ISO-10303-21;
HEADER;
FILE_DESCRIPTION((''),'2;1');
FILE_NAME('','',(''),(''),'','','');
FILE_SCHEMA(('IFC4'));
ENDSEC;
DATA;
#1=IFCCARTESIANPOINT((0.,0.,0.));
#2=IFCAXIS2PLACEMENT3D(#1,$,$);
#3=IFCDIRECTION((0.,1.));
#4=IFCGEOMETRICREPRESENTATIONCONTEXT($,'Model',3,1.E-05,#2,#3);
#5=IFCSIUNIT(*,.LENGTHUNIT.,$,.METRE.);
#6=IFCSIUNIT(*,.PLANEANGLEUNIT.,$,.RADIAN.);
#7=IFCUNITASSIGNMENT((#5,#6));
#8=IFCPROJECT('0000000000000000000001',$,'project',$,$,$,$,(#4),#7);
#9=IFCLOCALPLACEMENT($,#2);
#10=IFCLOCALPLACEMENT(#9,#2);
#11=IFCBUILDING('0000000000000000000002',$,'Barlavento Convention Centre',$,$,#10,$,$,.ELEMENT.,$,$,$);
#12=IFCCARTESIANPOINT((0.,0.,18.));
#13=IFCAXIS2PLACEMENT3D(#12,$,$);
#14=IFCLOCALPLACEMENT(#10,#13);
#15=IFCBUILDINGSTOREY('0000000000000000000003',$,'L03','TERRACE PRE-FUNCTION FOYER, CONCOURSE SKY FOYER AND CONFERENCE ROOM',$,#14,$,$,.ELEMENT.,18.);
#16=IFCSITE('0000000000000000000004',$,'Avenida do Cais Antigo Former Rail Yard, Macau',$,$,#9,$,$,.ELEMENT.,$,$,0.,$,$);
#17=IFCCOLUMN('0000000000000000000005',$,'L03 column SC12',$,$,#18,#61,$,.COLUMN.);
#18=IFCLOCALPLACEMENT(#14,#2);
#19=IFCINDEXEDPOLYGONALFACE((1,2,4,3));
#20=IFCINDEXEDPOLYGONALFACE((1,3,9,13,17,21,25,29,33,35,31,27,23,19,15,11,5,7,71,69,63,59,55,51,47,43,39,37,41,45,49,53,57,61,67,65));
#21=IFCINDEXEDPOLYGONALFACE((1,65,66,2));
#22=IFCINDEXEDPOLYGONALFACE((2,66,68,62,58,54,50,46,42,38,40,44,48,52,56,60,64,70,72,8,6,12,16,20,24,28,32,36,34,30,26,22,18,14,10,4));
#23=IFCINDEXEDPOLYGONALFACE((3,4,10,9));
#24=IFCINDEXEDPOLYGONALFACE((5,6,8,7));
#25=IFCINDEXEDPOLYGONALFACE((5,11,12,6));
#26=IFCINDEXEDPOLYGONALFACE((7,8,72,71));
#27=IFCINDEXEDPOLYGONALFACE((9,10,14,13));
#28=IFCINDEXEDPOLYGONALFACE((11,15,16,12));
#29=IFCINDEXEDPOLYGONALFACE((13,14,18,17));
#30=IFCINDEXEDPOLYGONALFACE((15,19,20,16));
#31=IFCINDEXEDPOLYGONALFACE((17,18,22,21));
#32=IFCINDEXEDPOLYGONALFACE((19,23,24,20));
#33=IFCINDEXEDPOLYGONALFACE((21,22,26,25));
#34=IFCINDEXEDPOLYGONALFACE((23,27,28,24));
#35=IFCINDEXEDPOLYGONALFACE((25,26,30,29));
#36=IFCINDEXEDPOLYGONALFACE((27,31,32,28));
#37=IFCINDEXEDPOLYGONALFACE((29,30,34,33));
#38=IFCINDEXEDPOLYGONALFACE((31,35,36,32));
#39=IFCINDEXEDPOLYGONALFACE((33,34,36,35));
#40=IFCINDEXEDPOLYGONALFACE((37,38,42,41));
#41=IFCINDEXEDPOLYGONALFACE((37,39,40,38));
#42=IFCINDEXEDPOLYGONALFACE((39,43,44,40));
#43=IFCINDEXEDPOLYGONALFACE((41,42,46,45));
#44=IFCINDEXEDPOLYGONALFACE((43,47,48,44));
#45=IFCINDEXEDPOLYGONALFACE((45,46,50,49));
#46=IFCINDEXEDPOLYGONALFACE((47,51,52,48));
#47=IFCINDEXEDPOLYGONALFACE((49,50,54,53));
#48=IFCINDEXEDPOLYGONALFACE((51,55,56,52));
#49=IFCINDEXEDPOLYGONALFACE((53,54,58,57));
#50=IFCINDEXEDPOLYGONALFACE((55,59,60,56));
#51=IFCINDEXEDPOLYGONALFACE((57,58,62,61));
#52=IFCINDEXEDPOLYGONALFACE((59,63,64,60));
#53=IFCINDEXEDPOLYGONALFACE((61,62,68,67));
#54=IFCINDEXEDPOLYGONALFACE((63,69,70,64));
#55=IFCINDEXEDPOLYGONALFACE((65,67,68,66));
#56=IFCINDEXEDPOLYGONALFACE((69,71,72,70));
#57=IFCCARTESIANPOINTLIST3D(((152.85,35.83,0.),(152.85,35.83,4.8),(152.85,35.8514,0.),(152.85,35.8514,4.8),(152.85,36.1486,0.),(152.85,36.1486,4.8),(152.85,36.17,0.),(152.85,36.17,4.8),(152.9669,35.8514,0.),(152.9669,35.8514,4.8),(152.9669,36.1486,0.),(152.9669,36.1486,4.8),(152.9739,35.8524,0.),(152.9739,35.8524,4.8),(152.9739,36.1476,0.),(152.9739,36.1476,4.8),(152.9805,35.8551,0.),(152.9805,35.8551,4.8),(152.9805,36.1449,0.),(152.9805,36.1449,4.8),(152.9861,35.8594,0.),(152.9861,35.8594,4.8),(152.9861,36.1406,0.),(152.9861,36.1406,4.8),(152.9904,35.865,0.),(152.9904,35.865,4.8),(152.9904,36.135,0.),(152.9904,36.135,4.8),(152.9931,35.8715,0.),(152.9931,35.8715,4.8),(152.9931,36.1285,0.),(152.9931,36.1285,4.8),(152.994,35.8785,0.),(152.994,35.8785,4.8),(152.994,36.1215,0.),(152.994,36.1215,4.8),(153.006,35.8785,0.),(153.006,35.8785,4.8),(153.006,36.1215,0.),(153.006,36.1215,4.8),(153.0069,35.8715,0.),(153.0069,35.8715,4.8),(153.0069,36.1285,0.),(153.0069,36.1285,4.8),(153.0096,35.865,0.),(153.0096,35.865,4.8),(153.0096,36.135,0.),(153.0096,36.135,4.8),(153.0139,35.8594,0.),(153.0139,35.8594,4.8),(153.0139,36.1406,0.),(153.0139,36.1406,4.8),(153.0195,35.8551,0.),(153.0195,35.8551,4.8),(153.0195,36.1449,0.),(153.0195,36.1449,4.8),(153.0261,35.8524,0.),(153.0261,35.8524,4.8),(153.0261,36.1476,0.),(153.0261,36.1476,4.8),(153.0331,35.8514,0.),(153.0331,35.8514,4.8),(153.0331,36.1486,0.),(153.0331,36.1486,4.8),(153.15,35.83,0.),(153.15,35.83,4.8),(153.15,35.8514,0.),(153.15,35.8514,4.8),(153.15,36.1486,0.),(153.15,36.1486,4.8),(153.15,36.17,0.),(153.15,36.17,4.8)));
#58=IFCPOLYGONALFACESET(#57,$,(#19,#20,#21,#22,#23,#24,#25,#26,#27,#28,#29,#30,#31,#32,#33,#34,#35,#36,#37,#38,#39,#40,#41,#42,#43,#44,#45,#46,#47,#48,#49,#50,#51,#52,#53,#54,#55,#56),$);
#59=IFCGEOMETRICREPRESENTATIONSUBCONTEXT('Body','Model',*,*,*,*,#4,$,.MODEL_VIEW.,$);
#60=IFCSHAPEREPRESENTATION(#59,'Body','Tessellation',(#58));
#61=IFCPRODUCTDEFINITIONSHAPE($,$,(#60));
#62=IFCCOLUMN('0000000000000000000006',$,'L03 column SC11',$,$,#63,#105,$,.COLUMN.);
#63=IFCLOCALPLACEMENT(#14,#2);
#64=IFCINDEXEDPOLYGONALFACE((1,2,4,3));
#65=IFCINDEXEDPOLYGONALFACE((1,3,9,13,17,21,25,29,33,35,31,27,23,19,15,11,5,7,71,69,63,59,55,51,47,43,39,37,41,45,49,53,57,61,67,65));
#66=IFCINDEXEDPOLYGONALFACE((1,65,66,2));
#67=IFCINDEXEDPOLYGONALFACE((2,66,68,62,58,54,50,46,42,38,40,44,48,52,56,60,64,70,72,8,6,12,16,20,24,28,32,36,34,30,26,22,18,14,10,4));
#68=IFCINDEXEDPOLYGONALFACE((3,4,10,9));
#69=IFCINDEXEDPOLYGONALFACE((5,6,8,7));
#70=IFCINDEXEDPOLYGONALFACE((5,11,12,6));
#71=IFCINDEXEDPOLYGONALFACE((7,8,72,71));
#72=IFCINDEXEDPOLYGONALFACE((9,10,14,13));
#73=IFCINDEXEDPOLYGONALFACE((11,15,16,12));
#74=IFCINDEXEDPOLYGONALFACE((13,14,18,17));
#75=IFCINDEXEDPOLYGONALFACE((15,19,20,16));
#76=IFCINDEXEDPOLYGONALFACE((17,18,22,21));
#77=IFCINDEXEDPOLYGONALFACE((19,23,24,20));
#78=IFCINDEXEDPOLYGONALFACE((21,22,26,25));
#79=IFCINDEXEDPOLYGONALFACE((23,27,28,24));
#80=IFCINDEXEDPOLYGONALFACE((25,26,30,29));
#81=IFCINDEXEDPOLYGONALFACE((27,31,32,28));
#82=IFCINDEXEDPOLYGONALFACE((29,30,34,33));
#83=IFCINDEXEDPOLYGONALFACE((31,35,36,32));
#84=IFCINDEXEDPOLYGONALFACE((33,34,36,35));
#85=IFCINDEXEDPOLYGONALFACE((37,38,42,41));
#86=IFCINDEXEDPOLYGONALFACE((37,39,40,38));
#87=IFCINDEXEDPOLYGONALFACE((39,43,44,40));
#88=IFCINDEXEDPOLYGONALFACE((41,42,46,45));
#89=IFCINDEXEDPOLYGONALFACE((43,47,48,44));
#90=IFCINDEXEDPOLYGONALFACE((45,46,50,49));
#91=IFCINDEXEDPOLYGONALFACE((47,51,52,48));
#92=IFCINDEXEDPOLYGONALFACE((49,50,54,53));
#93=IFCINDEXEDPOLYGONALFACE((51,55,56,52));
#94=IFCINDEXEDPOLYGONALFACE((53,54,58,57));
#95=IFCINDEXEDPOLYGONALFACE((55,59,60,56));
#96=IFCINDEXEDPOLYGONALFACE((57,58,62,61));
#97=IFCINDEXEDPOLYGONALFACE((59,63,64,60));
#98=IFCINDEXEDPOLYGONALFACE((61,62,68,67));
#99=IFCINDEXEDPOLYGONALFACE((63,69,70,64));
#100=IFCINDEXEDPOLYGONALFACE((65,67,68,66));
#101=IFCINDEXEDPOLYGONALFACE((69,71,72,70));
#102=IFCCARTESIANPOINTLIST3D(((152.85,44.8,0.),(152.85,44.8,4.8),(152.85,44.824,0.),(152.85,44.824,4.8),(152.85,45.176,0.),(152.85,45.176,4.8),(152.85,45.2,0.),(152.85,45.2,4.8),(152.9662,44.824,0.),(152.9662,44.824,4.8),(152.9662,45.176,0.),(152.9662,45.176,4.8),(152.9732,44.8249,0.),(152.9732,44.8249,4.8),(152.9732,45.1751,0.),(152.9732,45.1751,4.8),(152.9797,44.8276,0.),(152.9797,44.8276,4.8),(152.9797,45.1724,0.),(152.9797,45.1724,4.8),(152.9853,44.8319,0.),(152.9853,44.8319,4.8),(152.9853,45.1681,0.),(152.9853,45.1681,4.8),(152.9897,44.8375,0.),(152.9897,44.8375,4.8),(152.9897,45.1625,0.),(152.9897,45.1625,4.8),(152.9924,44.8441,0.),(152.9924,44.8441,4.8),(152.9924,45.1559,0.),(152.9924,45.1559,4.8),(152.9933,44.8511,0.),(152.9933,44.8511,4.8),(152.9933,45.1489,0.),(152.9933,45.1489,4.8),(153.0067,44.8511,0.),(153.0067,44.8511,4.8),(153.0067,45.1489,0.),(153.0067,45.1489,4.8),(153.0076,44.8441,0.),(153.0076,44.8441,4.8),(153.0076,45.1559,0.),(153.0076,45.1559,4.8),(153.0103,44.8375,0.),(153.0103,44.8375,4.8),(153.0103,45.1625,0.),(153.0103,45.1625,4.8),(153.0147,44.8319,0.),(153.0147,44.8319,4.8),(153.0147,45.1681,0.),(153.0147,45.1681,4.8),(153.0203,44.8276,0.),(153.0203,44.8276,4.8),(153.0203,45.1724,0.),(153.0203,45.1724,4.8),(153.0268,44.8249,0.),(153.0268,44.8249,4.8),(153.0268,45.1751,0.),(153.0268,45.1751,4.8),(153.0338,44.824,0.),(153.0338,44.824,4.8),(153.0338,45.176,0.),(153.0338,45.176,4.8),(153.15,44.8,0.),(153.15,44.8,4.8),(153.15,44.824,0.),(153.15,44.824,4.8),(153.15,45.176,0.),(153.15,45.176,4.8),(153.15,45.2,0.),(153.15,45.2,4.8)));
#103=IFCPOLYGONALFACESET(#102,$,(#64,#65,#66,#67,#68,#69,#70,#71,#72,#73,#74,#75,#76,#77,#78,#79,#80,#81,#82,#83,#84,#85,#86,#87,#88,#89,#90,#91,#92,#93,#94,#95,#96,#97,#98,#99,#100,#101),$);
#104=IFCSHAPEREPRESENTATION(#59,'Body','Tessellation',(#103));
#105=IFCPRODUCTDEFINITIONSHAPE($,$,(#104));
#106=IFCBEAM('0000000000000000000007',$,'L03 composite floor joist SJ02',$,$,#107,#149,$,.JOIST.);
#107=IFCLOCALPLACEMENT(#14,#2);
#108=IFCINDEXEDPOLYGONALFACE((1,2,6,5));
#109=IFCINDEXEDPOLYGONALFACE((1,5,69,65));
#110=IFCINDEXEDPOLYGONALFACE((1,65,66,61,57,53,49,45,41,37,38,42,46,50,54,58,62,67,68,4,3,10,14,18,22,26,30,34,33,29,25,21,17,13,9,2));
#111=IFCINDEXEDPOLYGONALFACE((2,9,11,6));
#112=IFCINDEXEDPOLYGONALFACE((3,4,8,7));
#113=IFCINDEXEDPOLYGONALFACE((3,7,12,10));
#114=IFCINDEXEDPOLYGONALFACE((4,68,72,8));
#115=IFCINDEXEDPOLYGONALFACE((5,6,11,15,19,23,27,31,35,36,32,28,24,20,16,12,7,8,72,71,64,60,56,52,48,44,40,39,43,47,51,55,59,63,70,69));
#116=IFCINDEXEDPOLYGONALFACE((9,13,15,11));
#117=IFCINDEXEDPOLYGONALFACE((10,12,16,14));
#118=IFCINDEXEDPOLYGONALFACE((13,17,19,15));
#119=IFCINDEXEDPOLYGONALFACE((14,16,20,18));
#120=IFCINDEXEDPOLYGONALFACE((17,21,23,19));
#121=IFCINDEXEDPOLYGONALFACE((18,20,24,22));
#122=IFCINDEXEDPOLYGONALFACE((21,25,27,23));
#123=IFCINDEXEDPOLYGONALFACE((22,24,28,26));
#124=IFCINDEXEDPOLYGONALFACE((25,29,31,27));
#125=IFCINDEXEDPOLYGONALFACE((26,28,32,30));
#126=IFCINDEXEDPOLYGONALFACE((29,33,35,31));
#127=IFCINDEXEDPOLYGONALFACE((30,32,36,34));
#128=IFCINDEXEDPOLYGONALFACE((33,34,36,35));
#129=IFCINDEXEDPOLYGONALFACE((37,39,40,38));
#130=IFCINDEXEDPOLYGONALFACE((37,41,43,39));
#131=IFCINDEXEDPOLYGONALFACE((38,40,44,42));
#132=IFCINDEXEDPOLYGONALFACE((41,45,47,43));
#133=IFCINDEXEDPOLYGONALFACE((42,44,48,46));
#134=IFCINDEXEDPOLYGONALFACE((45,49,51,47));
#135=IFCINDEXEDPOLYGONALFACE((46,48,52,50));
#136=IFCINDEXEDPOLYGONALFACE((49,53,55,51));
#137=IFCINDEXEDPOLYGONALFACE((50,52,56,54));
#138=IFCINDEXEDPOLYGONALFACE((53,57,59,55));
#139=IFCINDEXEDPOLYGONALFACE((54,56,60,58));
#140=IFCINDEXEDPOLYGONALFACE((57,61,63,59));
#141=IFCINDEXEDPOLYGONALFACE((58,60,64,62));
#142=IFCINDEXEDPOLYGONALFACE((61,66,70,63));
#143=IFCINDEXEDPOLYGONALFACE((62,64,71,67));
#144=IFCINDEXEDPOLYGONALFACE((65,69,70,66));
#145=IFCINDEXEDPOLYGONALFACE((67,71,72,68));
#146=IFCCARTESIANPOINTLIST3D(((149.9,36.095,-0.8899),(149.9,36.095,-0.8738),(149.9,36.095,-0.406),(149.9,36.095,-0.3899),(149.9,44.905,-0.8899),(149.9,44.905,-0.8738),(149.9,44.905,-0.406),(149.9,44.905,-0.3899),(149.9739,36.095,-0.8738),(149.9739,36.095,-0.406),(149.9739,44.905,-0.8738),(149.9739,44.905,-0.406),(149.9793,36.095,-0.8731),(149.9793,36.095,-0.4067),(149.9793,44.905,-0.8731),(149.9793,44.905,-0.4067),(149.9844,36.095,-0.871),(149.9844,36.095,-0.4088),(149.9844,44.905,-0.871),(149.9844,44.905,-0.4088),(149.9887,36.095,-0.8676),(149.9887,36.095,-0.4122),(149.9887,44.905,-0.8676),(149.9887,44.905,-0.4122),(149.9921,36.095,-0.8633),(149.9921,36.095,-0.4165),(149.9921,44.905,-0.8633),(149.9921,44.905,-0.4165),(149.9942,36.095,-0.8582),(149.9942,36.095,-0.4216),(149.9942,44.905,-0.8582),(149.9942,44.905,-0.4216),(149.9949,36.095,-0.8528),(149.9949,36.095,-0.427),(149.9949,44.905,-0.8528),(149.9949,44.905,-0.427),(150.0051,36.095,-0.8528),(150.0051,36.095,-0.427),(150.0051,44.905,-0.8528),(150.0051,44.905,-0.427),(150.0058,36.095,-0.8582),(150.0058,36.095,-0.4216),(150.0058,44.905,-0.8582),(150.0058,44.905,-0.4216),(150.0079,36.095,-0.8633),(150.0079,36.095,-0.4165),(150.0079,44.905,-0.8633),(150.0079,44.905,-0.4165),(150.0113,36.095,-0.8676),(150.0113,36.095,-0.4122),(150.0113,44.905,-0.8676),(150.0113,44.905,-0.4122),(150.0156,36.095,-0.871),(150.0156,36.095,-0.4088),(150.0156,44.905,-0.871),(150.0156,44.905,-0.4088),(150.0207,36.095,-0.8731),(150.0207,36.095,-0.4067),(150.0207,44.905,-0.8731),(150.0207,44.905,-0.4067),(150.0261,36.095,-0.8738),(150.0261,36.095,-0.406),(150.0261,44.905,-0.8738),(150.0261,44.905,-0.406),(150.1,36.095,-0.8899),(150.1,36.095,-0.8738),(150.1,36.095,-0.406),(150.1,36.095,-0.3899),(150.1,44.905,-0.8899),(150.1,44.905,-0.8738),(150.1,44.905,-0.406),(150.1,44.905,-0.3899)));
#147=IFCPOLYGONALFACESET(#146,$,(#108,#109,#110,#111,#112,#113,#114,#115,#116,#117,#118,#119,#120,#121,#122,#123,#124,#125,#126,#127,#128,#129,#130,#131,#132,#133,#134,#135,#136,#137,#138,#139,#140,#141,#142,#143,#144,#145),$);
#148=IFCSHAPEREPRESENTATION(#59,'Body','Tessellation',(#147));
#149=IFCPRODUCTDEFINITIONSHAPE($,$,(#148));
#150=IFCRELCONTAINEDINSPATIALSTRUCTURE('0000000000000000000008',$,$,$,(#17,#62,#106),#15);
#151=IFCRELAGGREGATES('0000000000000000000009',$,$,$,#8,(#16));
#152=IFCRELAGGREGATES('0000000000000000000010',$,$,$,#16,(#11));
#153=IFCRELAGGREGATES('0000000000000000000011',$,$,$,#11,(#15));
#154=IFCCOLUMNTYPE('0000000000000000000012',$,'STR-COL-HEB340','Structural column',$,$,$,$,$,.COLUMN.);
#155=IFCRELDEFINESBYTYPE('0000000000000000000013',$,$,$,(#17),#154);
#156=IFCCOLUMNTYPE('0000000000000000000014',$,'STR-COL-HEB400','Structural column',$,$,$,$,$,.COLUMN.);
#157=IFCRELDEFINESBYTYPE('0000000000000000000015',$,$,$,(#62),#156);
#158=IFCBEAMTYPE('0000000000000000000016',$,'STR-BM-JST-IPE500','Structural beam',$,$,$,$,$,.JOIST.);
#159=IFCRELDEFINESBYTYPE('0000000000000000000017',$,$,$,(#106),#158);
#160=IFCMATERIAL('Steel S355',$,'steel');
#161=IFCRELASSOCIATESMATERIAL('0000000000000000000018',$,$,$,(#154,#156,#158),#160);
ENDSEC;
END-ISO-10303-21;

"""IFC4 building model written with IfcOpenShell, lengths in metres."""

from ifc_helpers import new_model, si_unit, direction, frame, origin, origin_2d, place, context, subcontext, project, spatial, i_section, extrude, material, material_profile, profile_set, type_object, element, save


model = new_model("IFC4")

# Units and contexts
model_context = context("Model", 3, precision=1e-05, world=origin(), true_north=direction((0.0, 1.0)))
body_context = subcontext(model_context, "Body", "Model", "MODEL_VIEW")
ifc_project = project(units=[si_unit("LENGTHUNIT", "METRE"), si_unit("PLANEANGLEUNIT", "RADIAN")], contexts=[model_context])

# Site, building, storey
site_placement = place(None, origin())
site = spatial("IfcSite", under=ifc_project, at=site_placement, Name="Avenida do Cais Antigo Former Rail Yard, Macau", CompositionType="ELEMENT", RefElevation=0.0)
building_placement = place(site_placement, origin())
building = spatial("IfcBuilding", under=site, at=building_placement, Name="Barlavento Convention Centre", CompositionType="ELEMENT")
storey_placement = place(building_placement, frame((0.0, 0.0, 18.0)))
storey = spatial("IfcBuildingStorey", under=building, at=storey_placement, Name="L03", Description="TERRACE PRE-FUNCTION FOYER, CONCOURSE SKY FOYER AND CONFERENCE ROOM", CompositionType="ELEMENT", Elevation=18.0)

# Columns
ifc_material_1 = material(Name="Steel S355", Category="steel")
ifc_material_profile_1 = material_profile(ifc_material_1, i_section(OverallWidth=0.3, OverallDepth=0.3401, WebThickness=0.012, FlangeThickness=0.0215, FilletRadius=0.0271, at=origin_2d()), Name="HEB 340")
ifc_profile_set_1 = profile_set([ifc_material_profile_1], Name="Steel S355")
column_type_1 = type_object("IfcColumnType", Name="STR-COL-HEB340", Description="Structural column", PredefinedType="COLUMN", material=ifc_profile_set_1)
column_1_placement = place(storey_placement, frame((153.0, 36.0, 0.0), z_axis=(0.0, 0.0, 1.0), x_axis=(1.0, 0.0, 0.0)))
element("IfcColumn", 1, at=column_1_placement, inside=storey, type_object=column_type_1, Name="L03 column SC12", PredefinedType="COLUMN", context=body_context, shape_type="SweptSolid", body=[
    extrude(i_section(OverallWidth=0.3, OverallDepth=0.3401, WebThickness=0.012, FlangeThickness=0.0215, FilletRadius=0.0271, at=origin_2d()), origin(), (0.0, 0.0, 1.0), 4.8),
])
ifc_material_profile_2 = material_profile(ifc_material_1, i_section(OverallWidth=0.3, OverallDepth=0.3999, WebThickness=0.0134, FlangeThickness=0.0239, FilletRadius=0.0271, at=origin_2d()), Name="HEB 400")
ifc_profile_set_2 = profile_set([ifc_material_profile_2], Name="Steel S355")
column_type_2 = type_object("IfcColumnType", Name="STR-COL-HEB400", Description="Structural column", PredefinedType="COLUMN", material=ifc_profile_set_2)
column_2_placement = place(storey_placement, frame((153.0, 45.0, 0.0), z_axis=(0.0, 0.0, 1.0), x_axis=(1.0, 0.0, 0.0)))
element("IfcColumn", 2, at=column_2_placement, inside=storey, type_object=column_type_2, Name="L03 column SC11", PredefinedType="COLUMN", context=body_context, shape_type="SweptSolid", body=[
    extrude(i_section(OverallWidth=0.3, OverallDepth=0.3999, WebThickness=0.0134, FlangeThickness=0.0239, FilletRadius=0.0271, at=origin_2d()), origin(), (0.0, 0.0, 1.0), 4.8),
])

# Beam
ifc_material_profile_3 = material_profile(ifc_material_1, i_section(OverallWidth=0.2, OverallDepth=0.5, WebThickness=0.0103, FlangeThickness=0.0161, FilletRadius=0.021, at=origin_2d()), Name="IPE 500")
ifc_profile_set_3 = profile_set([ifc_material_profile_3], Name="Steel S355")
beam_type_1 = type_object("IfcBeamType", Name="STR-BM-JST-IPE500", Description="Structural beam", PredefinedType="JOIST", material=ifc_profile_set_3)
beam_1_placement = place(storey_placement, frame((150.0, 36.095, -0.6399), z_axis=(0.0, 1.0, 0.0), x_axis=(-1.0, 0.0, 0.0)))
element("IfcBeam", 3, at=beam_1_placement, inside=storey, type_object=beam_type_1, Name="L03 composite floor joist SJ02", PredefinedType="JOIST", context=body_context, shape_type="SweptSolid", body=[
    extrude(i_section(OverallWidth=0.2, OverallDepth=0.5, WebThickness=0.0103, FlangeThickness=0.0161, FilletRadius=0.021, at=origin_2d()), origin(), (0.0, 0.0, 1.0), 8.8101),
])

save(model, "model.ifc")
